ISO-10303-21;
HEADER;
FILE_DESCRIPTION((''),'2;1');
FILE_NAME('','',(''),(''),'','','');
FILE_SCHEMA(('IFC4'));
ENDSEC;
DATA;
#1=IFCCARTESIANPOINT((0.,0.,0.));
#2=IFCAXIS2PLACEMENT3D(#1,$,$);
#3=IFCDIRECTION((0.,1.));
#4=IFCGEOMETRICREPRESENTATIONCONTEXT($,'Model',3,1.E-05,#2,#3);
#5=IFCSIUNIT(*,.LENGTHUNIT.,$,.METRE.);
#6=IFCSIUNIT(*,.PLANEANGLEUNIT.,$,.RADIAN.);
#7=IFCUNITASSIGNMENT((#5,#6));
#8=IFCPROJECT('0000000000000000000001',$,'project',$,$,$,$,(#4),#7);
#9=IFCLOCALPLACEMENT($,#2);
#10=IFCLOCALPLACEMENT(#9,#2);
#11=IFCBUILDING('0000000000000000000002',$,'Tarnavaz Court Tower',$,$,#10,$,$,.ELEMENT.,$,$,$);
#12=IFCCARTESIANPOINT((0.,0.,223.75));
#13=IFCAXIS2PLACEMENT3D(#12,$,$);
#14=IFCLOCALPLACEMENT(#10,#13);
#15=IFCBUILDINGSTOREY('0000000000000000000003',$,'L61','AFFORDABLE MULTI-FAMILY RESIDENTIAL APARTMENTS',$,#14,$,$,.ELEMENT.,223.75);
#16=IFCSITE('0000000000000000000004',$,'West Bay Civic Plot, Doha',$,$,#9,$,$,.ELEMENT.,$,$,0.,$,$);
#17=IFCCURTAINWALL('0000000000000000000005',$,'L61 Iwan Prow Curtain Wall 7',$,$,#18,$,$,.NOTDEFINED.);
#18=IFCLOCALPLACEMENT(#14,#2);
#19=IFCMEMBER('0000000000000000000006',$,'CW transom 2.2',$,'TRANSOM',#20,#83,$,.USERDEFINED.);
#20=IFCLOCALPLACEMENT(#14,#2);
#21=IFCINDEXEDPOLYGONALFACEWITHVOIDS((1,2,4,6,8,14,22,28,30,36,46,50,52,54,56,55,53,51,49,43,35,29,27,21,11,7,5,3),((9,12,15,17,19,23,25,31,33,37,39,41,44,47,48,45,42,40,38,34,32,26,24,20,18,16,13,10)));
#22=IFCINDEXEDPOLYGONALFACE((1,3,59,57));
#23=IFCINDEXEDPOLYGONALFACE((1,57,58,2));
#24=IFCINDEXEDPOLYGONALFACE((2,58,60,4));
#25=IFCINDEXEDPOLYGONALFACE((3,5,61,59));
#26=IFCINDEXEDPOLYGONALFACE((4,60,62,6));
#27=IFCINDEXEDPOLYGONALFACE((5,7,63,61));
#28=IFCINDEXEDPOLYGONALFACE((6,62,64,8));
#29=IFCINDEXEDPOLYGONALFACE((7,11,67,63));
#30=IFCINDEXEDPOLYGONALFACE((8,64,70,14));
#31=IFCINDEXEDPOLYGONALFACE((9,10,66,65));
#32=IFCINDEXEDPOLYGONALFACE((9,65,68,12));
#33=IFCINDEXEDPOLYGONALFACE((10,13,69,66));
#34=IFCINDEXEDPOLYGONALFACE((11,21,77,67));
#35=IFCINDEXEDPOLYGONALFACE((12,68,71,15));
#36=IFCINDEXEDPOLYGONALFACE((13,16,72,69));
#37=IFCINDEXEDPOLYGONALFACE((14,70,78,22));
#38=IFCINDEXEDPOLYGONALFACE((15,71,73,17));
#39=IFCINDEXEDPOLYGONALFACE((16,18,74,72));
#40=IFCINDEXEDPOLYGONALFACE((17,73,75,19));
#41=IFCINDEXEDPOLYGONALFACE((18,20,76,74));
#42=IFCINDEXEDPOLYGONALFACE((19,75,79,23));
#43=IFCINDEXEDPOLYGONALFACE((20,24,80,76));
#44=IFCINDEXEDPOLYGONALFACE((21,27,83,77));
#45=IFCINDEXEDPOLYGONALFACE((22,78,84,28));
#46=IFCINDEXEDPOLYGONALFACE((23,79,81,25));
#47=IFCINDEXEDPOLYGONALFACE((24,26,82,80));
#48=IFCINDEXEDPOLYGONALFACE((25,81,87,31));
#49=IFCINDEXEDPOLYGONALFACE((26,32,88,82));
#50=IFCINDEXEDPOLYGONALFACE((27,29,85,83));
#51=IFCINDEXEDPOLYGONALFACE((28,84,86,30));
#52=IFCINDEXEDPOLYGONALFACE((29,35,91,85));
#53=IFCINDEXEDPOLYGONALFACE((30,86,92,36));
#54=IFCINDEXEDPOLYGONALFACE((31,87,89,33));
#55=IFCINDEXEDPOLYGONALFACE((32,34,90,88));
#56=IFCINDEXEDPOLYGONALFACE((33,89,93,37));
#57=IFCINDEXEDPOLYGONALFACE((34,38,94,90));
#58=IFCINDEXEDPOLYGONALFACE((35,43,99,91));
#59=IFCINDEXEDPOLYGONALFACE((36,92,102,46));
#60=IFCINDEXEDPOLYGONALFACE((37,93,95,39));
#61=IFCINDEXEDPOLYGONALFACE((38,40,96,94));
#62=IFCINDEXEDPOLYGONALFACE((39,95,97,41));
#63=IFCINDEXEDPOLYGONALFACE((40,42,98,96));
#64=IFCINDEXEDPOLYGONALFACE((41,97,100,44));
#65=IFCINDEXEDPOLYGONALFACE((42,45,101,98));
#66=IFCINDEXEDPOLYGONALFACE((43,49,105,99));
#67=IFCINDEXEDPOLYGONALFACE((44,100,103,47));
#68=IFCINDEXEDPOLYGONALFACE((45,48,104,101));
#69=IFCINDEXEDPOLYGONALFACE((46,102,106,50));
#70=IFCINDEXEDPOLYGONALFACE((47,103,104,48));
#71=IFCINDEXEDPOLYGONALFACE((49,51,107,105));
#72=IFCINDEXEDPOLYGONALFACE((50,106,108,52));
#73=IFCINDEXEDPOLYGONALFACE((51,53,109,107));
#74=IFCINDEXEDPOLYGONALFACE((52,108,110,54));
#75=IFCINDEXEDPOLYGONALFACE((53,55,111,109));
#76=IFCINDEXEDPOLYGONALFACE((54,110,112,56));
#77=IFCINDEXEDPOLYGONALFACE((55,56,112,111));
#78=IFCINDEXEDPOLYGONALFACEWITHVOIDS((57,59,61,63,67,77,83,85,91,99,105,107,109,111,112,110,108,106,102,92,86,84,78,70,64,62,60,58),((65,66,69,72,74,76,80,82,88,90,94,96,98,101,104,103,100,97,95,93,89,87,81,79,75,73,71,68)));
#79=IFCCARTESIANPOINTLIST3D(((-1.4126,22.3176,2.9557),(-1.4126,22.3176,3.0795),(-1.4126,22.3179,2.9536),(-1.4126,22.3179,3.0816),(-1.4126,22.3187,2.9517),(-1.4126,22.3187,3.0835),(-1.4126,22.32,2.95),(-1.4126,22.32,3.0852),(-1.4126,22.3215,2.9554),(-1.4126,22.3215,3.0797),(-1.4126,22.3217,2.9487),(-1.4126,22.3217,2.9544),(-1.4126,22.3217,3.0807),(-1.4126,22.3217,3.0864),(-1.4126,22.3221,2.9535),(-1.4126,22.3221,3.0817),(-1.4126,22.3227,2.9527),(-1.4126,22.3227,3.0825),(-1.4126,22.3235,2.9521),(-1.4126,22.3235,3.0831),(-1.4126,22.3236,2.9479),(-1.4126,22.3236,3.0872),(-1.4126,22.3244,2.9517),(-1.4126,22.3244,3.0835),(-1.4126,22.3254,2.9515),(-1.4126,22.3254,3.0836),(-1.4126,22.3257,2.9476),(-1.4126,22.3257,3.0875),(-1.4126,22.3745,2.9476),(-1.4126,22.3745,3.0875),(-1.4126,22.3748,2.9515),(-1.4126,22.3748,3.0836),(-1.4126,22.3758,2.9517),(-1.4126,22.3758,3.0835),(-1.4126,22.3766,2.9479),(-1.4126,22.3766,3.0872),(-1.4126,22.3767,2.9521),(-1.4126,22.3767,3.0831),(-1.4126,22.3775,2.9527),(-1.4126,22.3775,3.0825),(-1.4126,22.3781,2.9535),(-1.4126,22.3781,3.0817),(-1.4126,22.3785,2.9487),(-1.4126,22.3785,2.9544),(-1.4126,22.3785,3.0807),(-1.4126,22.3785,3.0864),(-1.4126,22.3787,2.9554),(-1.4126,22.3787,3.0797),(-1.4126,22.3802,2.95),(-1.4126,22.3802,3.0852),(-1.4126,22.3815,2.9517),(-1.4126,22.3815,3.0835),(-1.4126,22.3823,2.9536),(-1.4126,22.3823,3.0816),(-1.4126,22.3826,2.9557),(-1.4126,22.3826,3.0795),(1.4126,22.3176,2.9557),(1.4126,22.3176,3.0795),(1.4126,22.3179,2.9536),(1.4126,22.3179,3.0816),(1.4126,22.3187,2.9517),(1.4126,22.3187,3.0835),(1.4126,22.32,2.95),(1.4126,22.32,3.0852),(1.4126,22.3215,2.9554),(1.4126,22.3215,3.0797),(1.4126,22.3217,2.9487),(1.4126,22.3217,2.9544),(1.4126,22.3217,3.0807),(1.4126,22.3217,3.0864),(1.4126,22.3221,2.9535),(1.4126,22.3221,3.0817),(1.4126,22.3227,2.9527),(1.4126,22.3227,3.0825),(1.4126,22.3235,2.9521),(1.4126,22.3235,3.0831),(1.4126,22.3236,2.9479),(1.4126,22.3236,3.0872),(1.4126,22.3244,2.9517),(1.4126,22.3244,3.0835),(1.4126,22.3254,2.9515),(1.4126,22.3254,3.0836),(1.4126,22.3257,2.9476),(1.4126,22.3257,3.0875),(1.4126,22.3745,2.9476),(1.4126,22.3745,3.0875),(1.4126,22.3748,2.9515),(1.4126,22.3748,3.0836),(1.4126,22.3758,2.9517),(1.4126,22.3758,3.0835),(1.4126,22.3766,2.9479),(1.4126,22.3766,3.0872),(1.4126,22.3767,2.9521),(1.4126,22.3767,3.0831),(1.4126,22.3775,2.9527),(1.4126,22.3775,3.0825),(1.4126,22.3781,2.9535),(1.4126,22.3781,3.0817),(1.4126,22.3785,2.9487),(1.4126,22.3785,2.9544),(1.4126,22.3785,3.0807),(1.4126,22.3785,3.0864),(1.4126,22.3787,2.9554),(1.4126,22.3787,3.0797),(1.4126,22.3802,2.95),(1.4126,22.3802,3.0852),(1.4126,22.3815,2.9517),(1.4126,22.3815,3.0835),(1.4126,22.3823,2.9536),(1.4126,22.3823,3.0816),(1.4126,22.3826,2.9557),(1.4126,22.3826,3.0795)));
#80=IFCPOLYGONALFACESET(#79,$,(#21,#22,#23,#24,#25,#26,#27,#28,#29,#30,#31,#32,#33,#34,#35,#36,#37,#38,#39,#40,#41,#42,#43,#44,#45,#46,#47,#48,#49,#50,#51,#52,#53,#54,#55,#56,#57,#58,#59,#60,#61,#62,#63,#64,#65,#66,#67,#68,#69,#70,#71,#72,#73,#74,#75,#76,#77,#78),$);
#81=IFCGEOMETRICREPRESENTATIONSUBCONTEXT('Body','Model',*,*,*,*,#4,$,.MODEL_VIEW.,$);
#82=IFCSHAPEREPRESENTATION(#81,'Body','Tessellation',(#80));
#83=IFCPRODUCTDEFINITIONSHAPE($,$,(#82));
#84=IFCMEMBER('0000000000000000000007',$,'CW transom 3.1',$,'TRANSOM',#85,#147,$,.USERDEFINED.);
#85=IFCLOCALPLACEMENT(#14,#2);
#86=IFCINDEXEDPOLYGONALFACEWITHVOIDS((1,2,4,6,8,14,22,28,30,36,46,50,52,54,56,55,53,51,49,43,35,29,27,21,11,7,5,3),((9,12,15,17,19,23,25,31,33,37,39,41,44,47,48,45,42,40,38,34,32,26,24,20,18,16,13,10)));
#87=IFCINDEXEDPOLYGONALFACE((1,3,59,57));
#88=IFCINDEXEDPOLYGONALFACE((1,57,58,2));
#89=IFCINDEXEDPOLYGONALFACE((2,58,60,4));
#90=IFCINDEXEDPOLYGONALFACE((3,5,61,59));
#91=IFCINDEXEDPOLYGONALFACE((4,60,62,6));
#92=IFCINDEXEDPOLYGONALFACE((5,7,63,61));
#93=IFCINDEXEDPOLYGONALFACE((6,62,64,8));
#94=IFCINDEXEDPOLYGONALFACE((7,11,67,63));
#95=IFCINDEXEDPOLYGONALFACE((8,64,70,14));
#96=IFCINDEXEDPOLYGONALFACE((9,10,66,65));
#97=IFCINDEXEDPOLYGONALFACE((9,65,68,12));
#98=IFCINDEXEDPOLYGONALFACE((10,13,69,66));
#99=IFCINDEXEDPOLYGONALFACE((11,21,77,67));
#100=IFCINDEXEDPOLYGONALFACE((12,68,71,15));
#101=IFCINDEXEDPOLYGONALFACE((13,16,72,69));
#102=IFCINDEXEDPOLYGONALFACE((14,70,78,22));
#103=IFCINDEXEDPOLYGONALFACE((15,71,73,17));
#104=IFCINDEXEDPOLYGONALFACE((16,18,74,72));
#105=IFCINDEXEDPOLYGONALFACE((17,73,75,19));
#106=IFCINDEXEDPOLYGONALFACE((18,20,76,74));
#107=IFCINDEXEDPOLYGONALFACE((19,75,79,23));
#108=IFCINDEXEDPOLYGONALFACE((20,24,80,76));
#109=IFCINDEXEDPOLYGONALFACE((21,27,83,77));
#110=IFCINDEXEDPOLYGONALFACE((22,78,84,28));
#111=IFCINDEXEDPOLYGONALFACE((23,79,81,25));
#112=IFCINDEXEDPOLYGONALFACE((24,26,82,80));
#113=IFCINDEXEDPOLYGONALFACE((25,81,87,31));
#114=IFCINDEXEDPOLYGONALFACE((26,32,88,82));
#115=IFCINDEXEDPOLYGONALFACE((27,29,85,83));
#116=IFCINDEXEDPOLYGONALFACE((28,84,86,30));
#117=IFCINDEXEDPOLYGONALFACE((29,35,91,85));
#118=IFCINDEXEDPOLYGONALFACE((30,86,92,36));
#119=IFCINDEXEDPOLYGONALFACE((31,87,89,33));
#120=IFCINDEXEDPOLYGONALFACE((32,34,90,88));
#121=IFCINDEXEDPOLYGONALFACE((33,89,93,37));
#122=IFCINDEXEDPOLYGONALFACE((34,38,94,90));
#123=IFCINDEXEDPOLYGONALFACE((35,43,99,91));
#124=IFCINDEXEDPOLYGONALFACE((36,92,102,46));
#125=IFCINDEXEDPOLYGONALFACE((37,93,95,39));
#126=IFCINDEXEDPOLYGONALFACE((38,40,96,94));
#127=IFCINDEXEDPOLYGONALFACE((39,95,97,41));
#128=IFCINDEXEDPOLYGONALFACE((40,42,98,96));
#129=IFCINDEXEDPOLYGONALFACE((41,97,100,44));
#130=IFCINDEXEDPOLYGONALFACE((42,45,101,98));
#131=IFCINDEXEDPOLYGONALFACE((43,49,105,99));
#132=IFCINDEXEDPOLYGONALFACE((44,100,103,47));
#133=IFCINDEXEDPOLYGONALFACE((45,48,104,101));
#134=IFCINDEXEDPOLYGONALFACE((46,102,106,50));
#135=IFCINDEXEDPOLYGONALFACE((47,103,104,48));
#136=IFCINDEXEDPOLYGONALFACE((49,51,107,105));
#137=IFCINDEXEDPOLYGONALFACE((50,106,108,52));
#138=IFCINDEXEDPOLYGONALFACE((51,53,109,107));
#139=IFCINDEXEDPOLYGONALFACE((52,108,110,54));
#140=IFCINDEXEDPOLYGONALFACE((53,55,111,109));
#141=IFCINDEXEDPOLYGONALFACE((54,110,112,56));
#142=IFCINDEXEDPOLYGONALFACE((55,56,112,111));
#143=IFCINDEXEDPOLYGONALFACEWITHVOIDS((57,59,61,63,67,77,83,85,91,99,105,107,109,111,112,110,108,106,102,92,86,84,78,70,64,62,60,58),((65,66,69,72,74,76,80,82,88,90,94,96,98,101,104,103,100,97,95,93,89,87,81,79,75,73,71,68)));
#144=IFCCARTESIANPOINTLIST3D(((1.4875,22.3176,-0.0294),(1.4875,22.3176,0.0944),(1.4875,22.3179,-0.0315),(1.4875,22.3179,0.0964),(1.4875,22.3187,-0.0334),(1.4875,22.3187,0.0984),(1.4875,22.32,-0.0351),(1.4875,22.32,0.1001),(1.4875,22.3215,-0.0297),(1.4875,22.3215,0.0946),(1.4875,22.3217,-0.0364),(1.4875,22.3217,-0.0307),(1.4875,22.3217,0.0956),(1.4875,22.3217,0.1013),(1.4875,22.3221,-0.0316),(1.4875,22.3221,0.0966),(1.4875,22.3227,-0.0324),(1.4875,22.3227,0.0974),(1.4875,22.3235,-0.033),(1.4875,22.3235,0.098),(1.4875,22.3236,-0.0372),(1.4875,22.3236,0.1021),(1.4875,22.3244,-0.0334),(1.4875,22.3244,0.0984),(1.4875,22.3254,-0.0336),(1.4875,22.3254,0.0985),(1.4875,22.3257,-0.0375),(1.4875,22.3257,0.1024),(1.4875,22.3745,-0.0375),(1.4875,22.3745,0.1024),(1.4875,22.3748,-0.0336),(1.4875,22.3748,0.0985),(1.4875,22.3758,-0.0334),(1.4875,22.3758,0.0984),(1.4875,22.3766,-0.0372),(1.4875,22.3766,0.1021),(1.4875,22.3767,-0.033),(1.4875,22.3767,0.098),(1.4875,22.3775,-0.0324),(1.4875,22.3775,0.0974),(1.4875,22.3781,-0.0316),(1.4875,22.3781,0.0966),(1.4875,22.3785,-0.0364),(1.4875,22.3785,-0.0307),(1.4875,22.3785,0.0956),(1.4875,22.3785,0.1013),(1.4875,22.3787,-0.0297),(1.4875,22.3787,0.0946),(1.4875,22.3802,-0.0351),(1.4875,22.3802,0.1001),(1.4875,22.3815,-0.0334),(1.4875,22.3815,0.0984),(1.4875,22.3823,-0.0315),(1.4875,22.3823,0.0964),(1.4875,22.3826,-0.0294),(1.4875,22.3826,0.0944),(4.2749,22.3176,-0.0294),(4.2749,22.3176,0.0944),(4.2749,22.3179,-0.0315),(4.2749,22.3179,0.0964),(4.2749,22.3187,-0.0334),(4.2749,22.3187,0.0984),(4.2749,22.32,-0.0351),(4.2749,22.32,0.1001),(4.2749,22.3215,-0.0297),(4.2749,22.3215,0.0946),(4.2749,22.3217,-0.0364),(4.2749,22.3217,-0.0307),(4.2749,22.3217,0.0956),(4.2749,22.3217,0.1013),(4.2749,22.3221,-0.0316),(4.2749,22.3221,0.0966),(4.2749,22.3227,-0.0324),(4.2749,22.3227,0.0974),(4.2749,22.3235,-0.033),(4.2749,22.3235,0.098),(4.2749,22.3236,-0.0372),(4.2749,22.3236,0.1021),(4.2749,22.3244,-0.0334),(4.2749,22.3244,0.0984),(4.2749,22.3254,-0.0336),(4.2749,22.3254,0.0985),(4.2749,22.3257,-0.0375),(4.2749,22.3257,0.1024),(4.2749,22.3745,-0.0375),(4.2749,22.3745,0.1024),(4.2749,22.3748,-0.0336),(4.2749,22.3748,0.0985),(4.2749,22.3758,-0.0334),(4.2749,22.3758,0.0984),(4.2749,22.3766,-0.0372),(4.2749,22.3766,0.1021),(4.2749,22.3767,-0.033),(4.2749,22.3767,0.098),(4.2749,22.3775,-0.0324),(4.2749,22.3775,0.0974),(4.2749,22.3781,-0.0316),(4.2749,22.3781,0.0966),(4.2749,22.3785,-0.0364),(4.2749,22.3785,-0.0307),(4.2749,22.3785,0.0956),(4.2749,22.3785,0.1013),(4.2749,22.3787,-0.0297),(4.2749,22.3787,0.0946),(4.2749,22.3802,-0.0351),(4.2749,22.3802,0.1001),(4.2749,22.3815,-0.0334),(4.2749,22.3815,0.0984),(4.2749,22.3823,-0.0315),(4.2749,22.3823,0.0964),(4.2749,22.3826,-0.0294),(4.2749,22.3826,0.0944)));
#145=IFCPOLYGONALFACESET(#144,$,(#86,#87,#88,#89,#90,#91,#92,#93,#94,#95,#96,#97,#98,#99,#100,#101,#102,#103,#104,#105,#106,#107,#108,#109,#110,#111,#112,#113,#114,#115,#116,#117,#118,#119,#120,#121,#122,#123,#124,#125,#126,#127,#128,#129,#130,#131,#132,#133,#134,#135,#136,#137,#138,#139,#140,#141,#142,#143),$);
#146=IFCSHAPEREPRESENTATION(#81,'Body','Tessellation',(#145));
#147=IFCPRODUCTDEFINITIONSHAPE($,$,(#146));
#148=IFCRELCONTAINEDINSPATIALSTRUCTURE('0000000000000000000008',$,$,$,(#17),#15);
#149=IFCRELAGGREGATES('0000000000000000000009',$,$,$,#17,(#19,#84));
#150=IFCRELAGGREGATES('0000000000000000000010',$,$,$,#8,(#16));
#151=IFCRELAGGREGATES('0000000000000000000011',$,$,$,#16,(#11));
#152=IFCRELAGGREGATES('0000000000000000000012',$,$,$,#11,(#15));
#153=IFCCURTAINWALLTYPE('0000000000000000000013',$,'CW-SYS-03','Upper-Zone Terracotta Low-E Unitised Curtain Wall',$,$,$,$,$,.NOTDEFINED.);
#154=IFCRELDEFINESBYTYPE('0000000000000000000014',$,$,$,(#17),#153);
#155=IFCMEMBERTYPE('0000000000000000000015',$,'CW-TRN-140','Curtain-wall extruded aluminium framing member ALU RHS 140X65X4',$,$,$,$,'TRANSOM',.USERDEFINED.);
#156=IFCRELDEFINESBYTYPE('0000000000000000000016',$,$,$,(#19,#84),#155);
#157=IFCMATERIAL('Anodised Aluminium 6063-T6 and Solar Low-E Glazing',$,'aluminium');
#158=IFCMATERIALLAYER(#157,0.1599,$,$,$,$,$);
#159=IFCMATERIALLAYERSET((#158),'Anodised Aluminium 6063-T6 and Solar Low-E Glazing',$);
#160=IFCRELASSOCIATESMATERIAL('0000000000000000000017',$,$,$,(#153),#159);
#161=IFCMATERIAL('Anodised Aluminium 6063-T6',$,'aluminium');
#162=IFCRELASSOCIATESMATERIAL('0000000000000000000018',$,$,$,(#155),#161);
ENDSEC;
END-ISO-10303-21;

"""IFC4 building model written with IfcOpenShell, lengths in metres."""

from ifc_helpers import new_model, si_unit, direction, frame, origin, origin_2d, place, context, subcontext, project, spatial, hollow_rectangle, extrude, material, layer, layer_set, material_profile, profile_set, type_object, element, aggregate, save


model = new_model("IFC4")

# Units and contexts
model_context = context("Model", 3, precision=1e-05, world=origin(), true_north=direction((0.0, 1.0)))
body_context = subcontext(model_context, "Body", "Model", "MODEL_VIEW")
ifc_project = project(units=[si_unit("LENGTHUNIT", "METRE"), si_unit("PLANEANGLEUNIT", "RADIAN")], contexts=[model_context])

# Site, building, storey
site_placement = place(None, origin())
site = spatial("IfcSite", under=ifc_project, at=site_placement, Name="West Bay Civic Plot, Doha", CompositionType="ELEMENT", RefElevation=0.0)
building_placement = place(site_placement, origin())
building = spatial("IfcBuilding", under=site, at=building_placement, Name="Tarnavaz Court Tower", CompositionType="ELEMENT")
storey_placement = place(building_placement, frame((0.0, 0.0, 223.75)))
storey = spatial("IfcBuildingStorey", under=building, at=storey_placement, Name="L61", Description="AFFORDABLE MULTI-FAMILY RESIDENTIAL APARTMENTS", CompositionType="ELEMENT", Elevation=223.75)

# Curtain wall, members
ifc_material_1 = material(Name="Anodised Aluminium 6063-T6 and Solar Low-E Glazing", Category="aluminium")
ifc_layer_1 = layer(ifc_material_1, 0.1599)
ifc_layer_set_1 = layer_set([ifc_layer_1], Name="Anodised Aluminium 6063-T6 and Solar Low-E Glazing")
curtain_wall_type = type_object("IfcCurtainWallType", Name="CW-SYS-03", Description="Upper-Zone Terracotta Low-E Unitised Curtain Wall", PredefinedType="NOTDEFINED", material=ifc_layer_set_1)
curtain_wall_placement = place(storey_placement, origin())
curtain_wall = element("IfcCurtainWall", 1, at=curtain_wall_placement, inside=storey, type_object=curtain_wall_type, Name="L61 Iwan Prow Curtain Wall 7", PredefinedType="NOTDEFINED")
ifc_material_2 = material(Name="Anodised Aluminium 6063-T6", Category="aluminium")
ifc_material_profile_1 = material_profile(ifc_material_2, hollow_rectangle(XDim=0.0649, YDim=0.1399, WallThickness=0.0039, InnerFilletRadius=0.0039, OuterFilletRadius=0.0081, at=origin_2d()), Name="ALU RHS 140X65X4")
ifc_profile_set_1 = profile_set([ifc_material_profile_1], Name="Anodised Aluminium 6063-T6")
member_type_1 = type_object("IfcMemberType", Name="CW-TRN-140", Description="Curtain-wall extruded aluminium framing member ALU RHS 140X65X4", ElementType="TRANSOM", PredefinedType="USERDEFINED", material=ifc_profile_set_1)
member_1_placement = place(storey_placement, frame((-1.4126, 22.3501, 3.0176), z_axis=(1.0, 0.0, 0.0), x_axis=(0.0, 1.0, 0.0)))
member_1 = element("IfcMember", 2, at=member_1_placement, type_object=member_type_1, Name="CW transom 2.2", ObjectType="TRANSOM", PredefinedType="USERDEFINED", context=body_context, shape_type="SweptSolid", body=[
    extrude(hollow_rectangle(XDim=0.0649, YDim=0.1399, WallThickness=0.0039, InnerFilletRadius=0.0039, OuterFilletRadius=0.0081, at=origin_2d()), origin(), (0.0, 0.0, 1.0), 2.8252),
])
member_2_placement = place(storey_placement, frame((1.4875, 22.3501, 0.0325), z_axis=(1.0, 0.0, 0.0), x_axis=(0.0, 1.0, 0.0)))
member_2 = element("IfcMember", 3, at=member_2_placement, type_object=member_type_1, Name="CW transom 3.1", ObjectType="TRANSOM", PredefinedType="USERDEFINED", context=body_context, shape_type="SweptSolid", body=[
    extrude(hollow_rectangle(XDim=0.0649, YDim=0.1399, WallThickness=0.0039, InnerFilletRadius=0.0039, OuterFilletRadius=0.0081, at=origin_2d()), origin(), (0.0, 0.0, 1.0), 2.7874),
])
aggregate(curtain_wall, [member_1, member_2])

save(model, "model.ifc")
